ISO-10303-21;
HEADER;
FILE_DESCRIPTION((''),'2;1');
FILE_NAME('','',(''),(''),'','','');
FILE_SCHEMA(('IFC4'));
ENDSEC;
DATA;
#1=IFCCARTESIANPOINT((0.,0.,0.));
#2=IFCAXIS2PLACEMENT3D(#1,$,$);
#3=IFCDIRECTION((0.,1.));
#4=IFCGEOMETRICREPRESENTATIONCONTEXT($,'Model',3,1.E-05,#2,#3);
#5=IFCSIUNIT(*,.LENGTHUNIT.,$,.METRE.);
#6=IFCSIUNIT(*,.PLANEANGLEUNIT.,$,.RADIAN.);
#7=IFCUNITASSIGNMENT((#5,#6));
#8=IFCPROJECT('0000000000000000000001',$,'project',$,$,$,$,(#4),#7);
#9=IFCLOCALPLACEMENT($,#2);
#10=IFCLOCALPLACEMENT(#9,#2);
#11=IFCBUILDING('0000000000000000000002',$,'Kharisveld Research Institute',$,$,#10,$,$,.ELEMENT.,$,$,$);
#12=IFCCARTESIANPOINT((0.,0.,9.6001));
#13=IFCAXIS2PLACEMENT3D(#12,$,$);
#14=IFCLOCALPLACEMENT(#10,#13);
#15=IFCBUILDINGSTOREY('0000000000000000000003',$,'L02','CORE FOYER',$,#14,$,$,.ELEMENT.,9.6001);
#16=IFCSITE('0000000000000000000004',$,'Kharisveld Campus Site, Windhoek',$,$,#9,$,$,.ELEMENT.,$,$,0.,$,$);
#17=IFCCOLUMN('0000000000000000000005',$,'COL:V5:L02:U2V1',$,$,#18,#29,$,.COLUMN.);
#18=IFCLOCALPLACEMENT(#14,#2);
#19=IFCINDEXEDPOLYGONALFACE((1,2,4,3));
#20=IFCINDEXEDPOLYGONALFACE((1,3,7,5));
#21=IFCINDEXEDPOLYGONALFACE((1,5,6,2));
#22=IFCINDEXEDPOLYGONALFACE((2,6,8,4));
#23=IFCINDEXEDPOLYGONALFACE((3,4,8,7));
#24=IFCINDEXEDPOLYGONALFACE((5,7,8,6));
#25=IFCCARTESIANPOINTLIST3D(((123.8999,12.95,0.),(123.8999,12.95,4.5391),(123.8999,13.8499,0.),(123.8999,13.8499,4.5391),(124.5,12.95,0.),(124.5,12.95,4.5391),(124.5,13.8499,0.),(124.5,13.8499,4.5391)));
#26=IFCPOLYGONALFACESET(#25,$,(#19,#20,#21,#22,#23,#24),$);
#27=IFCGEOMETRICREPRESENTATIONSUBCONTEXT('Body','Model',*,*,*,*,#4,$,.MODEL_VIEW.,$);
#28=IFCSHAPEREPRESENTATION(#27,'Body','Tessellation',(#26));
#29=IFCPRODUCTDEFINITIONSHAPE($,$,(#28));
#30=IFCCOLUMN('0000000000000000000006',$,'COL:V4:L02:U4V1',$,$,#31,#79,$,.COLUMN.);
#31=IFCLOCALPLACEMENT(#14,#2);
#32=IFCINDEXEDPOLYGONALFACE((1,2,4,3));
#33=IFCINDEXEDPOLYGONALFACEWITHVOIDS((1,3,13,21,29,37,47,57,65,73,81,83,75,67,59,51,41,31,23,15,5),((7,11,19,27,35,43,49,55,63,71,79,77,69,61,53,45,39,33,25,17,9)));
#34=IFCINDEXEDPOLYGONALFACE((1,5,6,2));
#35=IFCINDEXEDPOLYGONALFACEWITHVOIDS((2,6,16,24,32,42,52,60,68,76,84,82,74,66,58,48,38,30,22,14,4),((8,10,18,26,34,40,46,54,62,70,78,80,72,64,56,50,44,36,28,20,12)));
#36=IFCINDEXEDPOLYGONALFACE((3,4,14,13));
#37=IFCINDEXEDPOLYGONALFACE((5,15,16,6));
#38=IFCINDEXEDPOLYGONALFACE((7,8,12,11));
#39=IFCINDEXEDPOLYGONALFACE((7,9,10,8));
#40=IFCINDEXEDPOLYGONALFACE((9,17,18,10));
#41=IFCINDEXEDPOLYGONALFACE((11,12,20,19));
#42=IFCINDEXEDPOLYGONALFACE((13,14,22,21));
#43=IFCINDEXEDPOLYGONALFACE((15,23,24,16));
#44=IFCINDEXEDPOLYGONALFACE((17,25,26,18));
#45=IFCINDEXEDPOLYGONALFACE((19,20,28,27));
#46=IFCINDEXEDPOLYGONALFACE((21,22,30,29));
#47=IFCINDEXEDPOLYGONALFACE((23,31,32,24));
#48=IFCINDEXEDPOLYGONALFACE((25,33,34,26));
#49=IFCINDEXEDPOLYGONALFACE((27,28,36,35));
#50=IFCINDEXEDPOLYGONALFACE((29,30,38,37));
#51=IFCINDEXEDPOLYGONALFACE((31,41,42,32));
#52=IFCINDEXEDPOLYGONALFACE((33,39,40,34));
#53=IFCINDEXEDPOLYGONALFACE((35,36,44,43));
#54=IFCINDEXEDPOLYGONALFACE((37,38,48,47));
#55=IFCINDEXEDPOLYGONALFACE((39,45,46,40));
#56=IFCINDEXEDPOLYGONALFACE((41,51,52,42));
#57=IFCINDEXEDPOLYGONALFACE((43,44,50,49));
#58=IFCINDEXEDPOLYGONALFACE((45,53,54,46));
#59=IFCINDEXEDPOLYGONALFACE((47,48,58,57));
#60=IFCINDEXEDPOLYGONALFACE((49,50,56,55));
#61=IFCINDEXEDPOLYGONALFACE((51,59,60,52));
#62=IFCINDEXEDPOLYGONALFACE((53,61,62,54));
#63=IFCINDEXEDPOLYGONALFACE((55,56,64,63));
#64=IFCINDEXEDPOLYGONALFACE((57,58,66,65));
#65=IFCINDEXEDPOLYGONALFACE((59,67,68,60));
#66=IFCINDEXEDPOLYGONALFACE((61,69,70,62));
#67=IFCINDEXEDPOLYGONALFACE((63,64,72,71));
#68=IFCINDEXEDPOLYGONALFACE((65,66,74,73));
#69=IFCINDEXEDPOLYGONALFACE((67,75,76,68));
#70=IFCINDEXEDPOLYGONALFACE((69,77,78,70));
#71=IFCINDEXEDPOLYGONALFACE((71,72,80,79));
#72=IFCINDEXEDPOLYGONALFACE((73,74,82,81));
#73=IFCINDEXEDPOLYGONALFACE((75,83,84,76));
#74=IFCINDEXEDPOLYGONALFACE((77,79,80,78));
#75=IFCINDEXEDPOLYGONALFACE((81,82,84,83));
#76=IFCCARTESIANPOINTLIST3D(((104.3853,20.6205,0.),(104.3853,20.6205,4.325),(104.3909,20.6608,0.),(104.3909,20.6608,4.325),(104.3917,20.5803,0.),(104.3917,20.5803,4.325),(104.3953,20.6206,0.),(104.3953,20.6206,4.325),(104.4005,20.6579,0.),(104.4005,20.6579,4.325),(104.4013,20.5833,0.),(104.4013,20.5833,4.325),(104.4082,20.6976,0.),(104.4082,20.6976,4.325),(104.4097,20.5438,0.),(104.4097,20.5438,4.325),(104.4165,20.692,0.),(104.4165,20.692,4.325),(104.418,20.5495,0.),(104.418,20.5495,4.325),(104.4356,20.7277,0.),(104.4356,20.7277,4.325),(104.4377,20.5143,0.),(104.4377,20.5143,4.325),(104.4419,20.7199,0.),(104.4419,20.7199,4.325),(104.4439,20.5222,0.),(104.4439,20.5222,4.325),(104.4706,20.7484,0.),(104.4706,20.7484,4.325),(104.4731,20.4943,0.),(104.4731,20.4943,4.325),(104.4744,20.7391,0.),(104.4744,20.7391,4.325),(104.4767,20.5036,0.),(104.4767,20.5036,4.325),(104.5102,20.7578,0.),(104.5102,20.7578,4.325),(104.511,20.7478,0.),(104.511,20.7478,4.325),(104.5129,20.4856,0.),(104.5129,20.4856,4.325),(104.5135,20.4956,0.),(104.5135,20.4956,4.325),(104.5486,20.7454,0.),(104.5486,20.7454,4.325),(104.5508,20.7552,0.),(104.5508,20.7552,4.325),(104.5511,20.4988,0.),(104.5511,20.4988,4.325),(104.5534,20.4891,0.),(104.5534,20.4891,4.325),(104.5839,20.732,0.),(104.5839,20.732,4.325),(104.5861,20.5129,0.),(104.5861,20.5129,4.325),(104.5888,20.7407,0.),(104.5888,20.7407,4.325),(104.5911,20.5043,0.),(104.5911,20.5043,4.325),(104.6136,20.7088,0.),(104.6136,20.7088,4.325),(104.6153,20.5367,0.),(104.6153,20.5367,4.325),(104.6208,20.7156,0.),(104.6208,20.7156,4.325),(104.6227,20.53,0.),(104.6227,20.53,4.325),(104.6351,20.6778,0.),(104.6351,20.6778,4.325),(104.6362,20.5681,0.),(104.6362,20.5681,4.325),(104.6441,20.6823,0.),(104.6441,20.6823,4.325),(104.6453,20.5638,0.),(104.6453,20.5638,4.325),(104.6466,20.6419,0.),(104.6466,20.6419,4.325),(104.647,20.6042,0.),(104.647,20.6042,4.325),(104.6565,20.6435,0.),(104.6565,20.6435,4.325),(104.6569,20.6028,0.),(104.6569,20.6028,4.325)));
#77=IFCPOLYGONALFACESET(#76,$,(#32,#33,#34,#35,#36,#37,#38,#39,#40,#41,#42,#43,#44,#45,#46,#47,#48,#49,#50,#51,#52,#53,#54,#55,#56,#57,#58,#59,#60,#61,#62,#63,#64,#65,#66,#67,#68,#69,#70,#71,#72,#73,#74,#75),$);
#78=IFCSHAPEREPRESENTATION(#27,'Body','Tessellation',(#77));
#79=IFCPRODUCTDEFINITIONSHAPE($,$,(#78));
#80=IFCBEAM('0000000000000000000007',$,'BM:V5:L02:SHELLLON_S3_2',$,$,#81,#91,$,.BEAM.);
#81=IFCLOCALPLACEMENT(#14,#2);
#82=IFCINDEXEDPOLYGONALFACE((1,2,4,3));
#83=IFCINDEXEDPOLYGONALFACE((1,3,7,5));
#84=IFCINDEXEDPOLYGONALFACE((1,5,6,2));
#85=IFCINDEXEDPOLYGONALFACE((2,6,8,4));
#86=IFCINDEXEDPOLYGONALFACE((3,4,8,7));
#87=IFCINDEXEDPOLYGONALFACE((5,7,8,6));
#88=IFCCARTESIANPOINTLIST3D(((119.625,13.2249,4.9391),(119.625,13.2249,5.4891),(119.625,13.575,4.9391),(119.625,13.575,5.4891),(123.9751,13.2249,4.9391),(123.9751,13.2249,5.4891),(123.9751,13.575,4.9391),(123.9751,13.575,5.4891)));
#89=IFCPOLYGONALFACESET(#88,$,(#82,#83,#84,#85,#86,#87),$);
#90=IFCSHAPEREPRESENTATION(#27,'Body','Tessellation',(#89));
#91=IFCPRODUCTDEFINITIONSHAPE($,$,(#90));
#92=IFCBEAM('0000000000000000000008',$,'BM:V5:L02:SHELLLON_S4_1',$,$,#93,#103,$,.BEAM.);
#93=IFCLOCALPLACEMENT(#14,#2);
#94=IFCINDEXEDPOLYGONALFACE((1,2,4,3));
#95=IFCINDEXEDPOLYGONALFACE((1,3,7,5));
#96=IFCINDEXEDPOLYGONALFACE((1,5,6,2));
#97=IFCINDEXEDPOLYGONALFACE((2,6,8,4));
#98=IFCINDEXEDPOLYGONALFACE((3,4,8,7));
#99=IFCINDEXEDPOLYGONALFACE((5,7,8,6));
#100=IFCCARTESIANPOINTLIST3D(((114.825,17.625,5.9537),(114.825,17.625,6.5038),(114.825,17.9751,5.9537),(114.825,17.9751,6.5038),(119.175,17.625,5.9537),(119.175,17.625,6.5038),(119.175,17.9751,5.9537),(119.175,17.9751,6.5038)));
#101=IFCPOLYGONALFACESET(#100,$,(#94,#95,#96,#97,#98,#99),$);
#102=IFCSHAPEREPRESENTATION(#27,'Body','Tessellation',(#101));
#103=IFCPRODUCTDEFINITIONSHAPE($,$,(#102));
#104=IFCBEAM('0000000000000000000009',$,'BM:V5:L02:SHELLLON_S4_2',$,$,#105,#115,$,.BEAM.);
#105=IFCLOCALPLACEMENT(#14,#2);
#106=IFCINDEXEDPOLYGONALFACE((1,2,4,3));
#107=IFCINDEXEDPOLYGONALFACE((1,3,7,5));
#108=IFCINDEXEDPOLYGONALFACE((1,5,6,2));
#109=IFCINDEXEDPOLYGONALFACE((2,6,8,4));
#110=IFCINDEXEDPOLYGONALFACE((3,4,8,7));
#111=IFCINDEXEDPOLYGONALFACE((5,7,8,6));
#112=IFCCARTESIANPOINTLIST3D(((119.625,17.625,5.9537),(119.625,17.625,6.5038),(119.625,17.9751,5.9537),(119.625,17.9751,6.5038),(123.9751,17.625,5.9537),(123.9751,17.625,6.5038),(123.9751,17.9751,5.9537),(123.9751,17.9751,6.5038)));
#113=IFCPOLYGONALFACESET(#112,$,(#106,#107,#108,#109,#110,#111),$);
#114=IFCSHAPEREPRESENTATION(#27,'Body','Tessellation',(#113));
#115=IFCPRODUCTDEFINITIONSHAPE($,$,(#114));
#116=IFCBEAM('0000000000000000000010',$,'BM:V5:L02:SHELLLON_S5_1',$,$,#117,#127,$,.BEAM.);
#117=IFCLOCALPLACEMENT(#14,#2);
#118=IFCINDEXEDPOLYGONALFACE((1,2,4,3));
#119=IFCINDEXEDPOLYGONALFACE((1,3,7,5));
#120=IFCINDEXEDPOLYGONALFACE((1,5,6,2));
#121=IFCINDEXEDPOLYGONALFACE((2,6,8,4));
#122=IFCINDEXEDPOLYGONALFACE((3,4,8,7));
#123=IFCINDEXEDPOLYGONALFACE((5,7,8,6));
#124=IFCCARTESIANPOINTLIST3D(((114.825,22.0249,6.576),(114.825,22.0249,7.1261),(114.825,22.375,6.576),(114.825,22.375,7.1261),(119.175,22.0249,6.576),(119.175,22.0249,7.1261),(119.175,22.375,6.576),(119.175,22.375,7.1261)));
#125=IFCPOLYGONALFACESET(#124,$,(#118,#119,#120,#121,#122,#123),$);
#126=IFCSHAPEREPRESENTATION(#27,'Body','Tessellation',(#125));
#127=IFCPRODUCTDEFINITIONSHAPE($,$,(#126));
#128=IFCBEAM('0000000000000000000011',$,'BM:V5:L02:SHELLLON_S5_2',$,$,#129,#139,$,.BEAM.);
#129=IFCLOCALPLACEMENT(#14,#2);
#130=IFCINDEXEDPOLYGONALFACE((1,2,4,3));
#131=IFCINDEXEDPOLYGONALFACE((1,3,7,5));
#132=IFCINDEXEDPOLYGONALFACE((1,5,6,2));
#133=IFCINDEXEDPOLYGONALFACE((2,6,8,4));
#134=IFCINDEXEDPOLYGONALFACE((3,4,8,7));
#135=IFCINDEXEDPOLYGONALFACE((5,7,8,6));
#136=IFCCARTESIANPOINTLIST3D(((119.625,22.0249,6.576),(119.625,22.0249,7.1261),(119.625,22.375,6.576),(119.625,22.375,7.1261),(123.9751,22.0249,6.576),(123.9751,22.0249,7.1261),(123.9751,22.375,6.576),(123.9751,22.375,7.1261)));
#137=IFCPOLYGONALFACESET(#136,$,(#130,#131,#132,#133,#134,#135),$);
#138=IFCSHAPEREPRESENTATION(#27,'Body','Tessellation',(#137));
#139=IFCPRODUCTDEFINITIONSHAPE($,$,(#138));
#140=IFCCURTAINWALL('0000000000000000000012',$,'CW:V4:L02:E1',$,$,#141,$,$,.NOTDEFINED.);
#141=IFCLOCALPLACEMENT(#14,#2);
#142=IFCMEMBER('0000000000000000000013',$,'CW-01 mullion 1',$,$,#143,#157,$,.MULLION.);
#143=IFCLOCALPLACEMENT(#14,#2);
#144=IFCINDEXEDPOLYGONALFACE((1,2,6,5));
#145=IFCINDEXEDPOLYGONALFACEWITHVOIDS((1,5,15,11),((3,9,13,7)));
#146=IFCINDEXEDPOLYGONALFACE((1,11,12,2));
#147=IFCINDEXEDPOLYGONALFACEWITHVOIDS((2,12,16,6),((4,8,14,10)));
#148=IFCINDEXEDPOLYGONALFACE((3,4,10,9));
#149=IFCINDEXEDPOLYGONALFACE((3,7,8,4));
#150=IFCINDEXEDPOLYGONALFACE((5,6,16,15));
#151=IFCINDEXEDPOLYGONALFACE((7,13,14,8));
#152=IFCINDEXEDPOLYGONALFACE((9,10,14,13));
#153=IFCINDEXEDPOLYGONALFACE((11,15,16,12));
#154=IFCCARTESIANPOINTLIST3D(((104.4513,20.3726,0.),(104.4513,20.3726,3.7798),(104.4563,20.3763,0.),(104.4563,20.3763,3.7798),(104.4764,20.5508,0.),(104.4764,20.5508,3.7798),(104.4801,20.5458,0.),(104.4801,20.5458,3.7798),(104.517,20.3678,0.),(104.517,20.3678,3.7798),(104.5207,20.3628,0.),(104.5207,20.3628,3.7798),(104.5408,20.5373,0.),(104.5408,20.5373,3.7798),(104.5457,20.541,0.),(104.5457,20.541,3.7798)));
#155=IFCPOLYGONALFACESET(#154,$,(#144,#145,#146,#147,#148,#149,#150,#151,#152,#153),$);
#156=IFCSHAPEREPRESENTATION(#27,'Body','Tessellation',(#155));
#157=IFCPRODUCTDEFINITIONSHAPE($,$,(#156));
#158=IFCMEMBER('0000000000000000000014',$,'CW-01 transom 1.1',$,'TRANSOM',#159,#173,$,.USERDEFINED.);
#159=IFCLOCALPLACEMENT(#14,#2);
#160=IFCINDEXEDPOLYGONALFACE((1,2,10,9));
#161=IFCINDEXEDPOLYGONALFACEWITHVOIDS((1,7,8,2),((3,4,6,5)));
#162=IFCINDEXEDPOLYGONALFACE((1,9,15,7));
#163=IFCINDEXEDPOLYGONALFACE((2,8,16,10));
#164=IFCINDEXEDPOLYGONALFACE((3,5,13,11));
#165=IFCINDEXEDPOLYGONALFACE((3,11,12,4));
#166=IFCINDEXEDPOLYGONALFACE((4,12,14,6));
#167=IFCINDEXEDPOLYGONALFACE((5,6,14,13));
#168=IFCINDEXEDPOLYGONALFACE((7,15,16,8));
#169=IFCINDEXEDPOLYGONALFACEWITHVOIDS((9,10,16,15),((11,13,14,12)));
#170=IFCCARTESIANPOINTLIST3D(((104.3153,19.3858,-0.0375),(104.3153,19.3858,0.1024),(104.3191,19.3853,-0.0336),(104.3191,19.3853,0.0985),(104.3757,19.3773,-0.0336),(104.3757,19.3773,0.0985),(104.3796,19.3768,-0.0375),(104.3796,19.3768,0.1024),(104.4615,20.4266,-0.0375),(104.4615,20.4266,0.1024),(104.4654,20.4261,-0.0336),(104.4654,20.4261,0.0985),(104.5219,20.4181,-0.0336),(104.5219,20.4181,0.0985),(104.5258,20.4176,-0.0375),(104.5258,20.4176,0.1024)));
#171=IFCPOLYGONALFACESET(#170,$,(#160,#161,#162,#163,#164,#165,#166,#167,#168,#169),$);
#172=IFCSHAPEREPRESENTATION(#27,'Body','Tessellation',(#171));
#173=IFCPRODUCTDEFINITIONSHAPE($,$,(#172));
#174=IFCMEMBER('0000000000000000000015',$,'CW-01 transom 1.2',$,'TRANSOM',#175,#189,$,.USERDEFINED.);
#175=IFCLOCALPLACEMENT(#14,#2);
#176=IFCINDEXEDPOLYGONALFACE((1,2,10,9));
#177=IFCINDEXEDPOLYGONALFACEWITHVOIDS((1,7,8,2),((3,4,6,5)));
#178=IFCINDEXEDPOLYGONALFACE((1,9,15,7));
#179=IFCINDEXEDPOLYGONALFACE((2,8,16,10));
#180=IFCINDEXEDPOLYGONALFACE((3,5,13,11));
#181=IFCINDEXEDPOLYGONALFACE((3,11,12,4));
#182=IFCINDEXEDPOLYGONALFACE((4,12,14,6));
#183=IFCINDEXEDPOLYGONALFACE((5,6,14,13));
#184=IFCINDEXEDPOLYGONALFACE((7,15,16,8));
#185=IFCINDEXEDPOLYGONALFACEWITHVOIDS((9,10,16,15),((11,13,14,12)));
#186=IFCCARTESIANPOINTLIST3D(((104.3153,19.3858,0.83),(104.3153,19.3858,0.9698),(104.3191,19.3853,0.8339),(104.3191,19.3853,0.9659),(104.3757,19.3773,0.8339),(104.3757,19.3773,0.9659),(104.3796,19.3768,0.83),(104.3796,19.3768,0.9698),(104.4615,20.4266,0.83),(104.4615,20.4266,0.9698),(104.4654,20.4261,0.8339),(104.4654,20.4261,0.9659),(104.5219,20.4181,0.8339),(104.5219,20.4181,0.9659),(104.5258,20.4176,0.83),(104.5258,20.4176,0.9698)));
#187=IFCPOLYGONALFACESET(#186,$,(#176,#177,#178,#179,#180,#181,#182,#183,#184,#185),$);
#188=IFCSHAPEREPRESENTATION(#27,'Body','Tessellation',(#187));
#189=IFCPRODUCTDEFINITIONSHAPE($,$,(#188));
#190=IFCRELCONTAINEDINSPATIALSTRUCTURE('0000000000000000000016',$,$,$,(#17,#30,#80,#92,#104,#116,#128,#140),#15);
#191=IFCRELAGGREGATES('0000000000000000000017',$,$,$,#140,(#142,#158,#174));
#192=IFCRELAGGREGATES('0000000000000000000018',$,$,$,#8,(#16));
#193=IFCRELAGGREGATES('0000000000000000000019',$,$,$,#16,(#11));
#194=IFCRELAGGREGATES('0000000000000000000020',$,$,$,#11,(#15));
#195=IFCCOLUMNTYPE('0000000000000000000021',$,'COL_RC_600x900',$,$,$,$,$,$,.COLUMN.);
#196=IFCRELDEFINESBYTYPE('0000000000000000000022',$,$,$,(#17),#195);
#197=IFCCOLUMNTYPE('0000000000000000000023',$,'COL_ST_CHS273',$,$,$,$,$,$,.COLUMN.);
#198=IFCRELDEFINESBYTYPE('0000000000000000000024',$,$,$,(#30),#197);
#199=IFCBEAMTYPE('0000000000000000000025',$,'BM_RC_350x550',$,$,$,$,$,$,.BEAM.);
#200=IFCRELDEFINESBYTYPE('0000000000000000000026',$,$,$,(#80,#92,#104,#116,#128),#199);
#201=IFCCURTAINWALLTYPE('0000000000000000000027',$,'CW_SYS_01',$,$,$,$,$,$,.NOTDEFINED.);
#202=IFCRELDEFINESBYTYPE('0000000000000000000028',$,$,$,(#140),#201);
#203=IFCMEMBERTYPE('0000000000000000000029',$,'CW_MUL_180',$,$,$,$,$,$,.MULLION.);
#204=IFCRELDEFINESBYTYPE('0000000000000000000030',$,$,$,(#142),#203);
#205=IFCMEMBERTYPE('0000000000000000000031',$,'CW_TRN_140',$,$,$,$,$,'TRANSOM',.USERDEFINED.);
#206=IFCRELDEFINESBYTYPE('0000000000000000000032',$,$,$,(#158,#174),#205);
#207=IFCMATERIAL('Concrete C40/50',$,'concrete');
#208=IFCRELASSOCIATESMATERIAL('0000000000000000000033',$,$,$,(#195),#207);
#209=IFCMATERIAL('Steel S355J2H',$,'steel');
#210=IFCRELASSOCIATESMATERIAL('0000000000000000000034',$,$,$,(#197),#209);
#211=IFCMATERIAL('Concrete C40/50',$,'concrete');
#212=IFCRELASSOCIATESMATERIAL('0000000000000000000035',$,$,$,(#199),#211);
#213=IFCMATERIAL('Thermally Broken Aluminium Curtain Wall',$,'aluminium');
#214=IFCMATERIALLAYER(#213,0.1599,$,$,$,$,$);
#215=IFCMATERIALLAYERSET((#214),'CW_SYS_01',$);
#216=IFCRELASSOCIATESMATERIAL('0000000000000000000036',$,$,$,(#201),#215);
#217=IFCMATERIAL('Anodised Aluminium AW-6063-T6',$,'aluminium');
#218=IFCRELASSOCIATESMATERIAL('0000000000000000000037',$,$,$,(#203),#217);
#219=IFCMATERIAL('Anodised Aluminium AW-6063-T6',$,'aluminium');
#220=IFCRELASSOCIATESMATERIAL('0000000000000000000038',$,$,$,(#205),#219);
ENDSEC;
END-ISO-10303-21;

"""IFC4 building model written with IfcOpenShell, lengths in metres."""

from ifc_helpers import new_model, si_unit, direction, frame, origin, origin_2d, place, context, subcontext, project, spatial, rectangle, hollow_rectangle, hollow_circle, extrude, material, layer, layer_set, material_profile, profile_set, type_object, element, aggregate, save


model = new_model("IFC4")

# Units and contexts
model_context = context("Model", 3, precision=1e-05, world=origin(), true_north=direction((0.0, 1.0)))
body_context = subcontext(model_context, "Body", "Model", "MODEL_VIEW")
ifc_project = project(units=[si_unit("LENGTHUNIT", "METRE"), si_unit("PLANEANGLEUNIT", "RADIAN")], contexts=[model_context])

# Site, building, storey
site_placement = place(None, origin())
site = spatial("IfcSite", under=ifc_project, at=site_placement, Name="Kharisveld Campus Site, Windhoek", CompositionType="ELEMENT", RefElevation=0.0)
building_placement = place(site_placement, origin())
building = spatial("IfcBuilding", under=site, at=building_placement, Name="Kharisveld Research Institute", CompositionType="ELEMENT")
storey_placement = place(building_placement, frame((0.0, 0.0, 9.6001)))
storey = spatial("IfcBuildingStorey", under=building, at=storey_placement, Name="L02", Description="CORE FOYER", CompositionType="ELEMENT", Elevation=9.6001)

# Columns
ifc_material_1 = material(Name="Concrete C40/50", Category="concrete")
ifc_material_profile_1 = material_profile(ifc_material_1, rectangle(XDim=0.6001, YDim=0.8999, at=origin_2d()))
ifc_profile_set_1 = profile_set([ifc_material_profile_1], Name="Concrete C40/50")
column_type_1 = type_object("IfcColumnType", Name="COL_RC_600x900", PredefinedType="COLUMN", material=ifc_profile_set_1)
column_1_placement = place(storey_placement, frame((124.2, 13.3999, 0.0), z_axis=(0.0, 0.0, 1.0), x_axis=(1.0, 0.0, 0.0)))
element("IfcColumn", 1, at=column_1_placement, inside=storey, type_object=column_type_1, Name="COL:V5:L02:U2V1", PredefinedType="COLUMN", context=body_context, shape_type="SweptSolid", body=[
    extrude(rectangle(XDim=0.6001, YDim=0.8999, at=origin_2d()), origin(), (0.0, 0.0, 1.0), 4.5391),
])
ifc_material_2 = material(Name="Steel S355J2H", Category="steel")
ifc_material_profile_2 = material_profile(ifc_material_2, hollow_circle(Radius=0.1365, WallThickness=0.01, at=origin_2d()))
ifc_profile_set_2 = profile_set([ifc_material_profile_2], Name="Steel S355J2H")
column_type_2 = type_object("IfcColumnType", Name="COL_ST_CHS273", PredefinedType="COLUMN", material=ifc_profile_set_2)
column_2_placement = place(storey_placement, frame((104.5217, 20.6218, 0.0), z_axis=(0.0, 0.0, 1.0), x_axis=(0.990268, -0.139173, 0.0)))
element("IfcColumn", 2, at=column_2_placement, inside=storey, type_object=column_type_2, Name="COL:V4:L02:U4V1", PredefinedType="COLUMN", context=body_context, shape_type="SweptSolid", body=[
    extrude(hollow_circle(Radius=0.1365, WallThickness=0.01, at=origin_2d()), origin(), (0.0, 0.0, 1.0), 4.325),
])

# Beams
ifc_material_3 = material(Name="Concrete C40/50", Category="concrete")
ifc_material_profile_3 = material_profile(ifc_material_3, rectangle(XDim=0.3501, YDim=0.55, at=origin_2d()))
ifc_profile_set_3 = profile_set([ifc_material_profile_3], Name="Concrete C40/50")
beam_type_1 = type_object("IfcBeamType", Name="BM_RC_350x550", PredefinedType="BEAM", material=ifc_profile_set_3)
for number, where, z_axis, x_axis, name in (
    (3, (119.625, 13.3999, 5.2141), (1.0, 0.0, 0.0), (0.0, 1.0, 0.0), "BM:V5:L02:SHELLLON_S3_2"),
    (4, (114.825, 17.8, 6.2288), (1.0, 0.0, 0.0), (0.0, 1.0, 0.0), "BM:V5:L02:SHELLLON_S4_1"),
    (5, (119.625, 17.8, 6.2288), (1.0, 0.0, 0.0), (0.0, 1.0, 0.0), "BM:V5:L02:SHELLLON_S4_2"),
    (6, (114.825, 22.2, 6.8511), (1.0, 0.0, 0.0), (0.0, 1.0, 0.0), "BM:V5:L02:SHELLLON_S5_1"),
    (7, (119.625, 22.2, 6.8511), (1.0, 0.0, 0.0), (0.0, 1.0, 0.0), "BM:V5:L02:SHELLLON_S5_2"),
):
    element("IfcBeam", number, at=place(storey_placement, frame(where, z_axis=z_axis, x_axis=x_axis)), inside=storey, type_object=beam_type_1, Name=name, PredefinedType="BEAM", context=body_context, shape_type="SweptSolid", body=[
        extrude(rectangle(XDim=0.3501, YDim=0.55, at=origin_2d()), origin(), (0.0, 0.0, 1.0), 4.3501),
    ])

# Curtain wall, members
ifc_material_4 = material(Name="Thermally Broken Aluminium Curtain Wall", Category="aluminium")
ifc_layer_1 = layer(ifc_material_4, 0.1599)
ifc_layer_set_1 = layer_set([ifc_layer_1], Name="CW_SYS_01")
curtain_wall_type = type_object("IfcCurtainWallType", Name="CW_SYS_01", PredefinedType="NOTDEFINED", material=ifc_layer_set_1)
curtain_wall_placement = place(storey_placement, origin())
curtain_wall = element("IfcCurtainWall", 8, at=curtain_wall_placement, inside=storey, type_object=curtain_wall_type, Name="CW:V4:L02:E1", PredefinedType="NOTDEFINED")
ifc_material_5 = material(Name="Anodised Aluminium AW-6063-T6", Category="aluminium")
ifc_material_profile_4 = material_profile(ifc_material_5, hollow_rectangle(XDim=0.0701, YDim=0.1799, WallThickness=0.0044, at=origin_2d()))
ifc_profile_set_4 = profile_set([ifc_material_profile_4], Name="Anodised Aluminium AW-6063-T6")
member_type_1 = type_object("IfcMemberType", Name="CW_MUL_180", PredefinedType="MULLION", material=ifc_profile_set_4)
member_1_placement = place(storey_placement, frame((104.4985, 20.4568, 0.0), z_axis=(0.0, 0.0, 1.0), x_axis=(0.990268, -0.139173, 0.0)))
member_1 = element("IfcMember", 9, at=member_1_placement, type_object=member_type_1, Name="CW-01 mullion 1", PredefinedType="MULLION", context=body_context, shape_type="SweptSolid", body=[
    extrude(hollow_rectangle(XDim=0.0701, YDim=0.1799, WallThickness=0.0044, at=origin_2d()), origin(), (0.0, 0.0, 1.0), 3.7798),
])
ifc_material_6 = material(Name="Anodised Aluminium AW-6063-T6", Category="aluminium")
ifc_material_profile_5 = material_profile(ifc_material_6, hollow_rectangle(XDim=0.0649, YDim=0.1399, WallThickness=0.0039, at=origin_2d()))
ifc_profile_set_5 = profile_set([ifc_material_profile_5], Name="Anodised Aluminium AW-6063-T6")
member_type_2 = type_object("IfcMemberType", Name="CW_TRN_140", ElementType="TRANSOM", PredefinedType="USERDEFINED", material=ifc_profile_set_5)
member_2_placement = place(storey_placement, frame((104.4937, 20.4221, 0.0325), z_axis=(-0.139144, -0.990272, 0.0), x_axis=(0.990272, -0.139144, 0.0)))
member_2 = element("IfcMember", 10, at=member_2_placement, type_object=member_type_2, Name="CW-01 transom 1.1", ObjectType="TRANSOM", PredefinedType="USERDEFINED", context=body_context, shape_type="SweptSolid", body=[
    extrude(hollow_rectangle(XDim=0.0649, YDim=0.1399, WallThickness=0.0039, at=origin_2d()), origin(), (0.0, 0.0, 1.0), 1.051),
])
member_3_placement = place(storey_placement, frame((104.4937, 20.4221, 0.8999), z_axis=(-0.139144, -0.990272, 0.0), x_axis=(0.990272, -0.139144, 0.0)))
member_3 = element("IfcMember", 11, at=member_3_placement, type_object=member_type_2, Name="CW-01 transom 1.2", ObjectType="TRANSOM", PredefinedType="USERDEFINED", context=body_context, shape_type="SweptSolid", body=[
    extrude(hollow_rectangle(XDim=0.0649, YDim=0.1399, WallThickness=0.0039, at=origin_2d()), origin(), (0.0, 0.0, 1.0), 1.051),
])

aggregate(curtain_wall, [member_1, member_2, member_3])

save(model, "model.ifc")
